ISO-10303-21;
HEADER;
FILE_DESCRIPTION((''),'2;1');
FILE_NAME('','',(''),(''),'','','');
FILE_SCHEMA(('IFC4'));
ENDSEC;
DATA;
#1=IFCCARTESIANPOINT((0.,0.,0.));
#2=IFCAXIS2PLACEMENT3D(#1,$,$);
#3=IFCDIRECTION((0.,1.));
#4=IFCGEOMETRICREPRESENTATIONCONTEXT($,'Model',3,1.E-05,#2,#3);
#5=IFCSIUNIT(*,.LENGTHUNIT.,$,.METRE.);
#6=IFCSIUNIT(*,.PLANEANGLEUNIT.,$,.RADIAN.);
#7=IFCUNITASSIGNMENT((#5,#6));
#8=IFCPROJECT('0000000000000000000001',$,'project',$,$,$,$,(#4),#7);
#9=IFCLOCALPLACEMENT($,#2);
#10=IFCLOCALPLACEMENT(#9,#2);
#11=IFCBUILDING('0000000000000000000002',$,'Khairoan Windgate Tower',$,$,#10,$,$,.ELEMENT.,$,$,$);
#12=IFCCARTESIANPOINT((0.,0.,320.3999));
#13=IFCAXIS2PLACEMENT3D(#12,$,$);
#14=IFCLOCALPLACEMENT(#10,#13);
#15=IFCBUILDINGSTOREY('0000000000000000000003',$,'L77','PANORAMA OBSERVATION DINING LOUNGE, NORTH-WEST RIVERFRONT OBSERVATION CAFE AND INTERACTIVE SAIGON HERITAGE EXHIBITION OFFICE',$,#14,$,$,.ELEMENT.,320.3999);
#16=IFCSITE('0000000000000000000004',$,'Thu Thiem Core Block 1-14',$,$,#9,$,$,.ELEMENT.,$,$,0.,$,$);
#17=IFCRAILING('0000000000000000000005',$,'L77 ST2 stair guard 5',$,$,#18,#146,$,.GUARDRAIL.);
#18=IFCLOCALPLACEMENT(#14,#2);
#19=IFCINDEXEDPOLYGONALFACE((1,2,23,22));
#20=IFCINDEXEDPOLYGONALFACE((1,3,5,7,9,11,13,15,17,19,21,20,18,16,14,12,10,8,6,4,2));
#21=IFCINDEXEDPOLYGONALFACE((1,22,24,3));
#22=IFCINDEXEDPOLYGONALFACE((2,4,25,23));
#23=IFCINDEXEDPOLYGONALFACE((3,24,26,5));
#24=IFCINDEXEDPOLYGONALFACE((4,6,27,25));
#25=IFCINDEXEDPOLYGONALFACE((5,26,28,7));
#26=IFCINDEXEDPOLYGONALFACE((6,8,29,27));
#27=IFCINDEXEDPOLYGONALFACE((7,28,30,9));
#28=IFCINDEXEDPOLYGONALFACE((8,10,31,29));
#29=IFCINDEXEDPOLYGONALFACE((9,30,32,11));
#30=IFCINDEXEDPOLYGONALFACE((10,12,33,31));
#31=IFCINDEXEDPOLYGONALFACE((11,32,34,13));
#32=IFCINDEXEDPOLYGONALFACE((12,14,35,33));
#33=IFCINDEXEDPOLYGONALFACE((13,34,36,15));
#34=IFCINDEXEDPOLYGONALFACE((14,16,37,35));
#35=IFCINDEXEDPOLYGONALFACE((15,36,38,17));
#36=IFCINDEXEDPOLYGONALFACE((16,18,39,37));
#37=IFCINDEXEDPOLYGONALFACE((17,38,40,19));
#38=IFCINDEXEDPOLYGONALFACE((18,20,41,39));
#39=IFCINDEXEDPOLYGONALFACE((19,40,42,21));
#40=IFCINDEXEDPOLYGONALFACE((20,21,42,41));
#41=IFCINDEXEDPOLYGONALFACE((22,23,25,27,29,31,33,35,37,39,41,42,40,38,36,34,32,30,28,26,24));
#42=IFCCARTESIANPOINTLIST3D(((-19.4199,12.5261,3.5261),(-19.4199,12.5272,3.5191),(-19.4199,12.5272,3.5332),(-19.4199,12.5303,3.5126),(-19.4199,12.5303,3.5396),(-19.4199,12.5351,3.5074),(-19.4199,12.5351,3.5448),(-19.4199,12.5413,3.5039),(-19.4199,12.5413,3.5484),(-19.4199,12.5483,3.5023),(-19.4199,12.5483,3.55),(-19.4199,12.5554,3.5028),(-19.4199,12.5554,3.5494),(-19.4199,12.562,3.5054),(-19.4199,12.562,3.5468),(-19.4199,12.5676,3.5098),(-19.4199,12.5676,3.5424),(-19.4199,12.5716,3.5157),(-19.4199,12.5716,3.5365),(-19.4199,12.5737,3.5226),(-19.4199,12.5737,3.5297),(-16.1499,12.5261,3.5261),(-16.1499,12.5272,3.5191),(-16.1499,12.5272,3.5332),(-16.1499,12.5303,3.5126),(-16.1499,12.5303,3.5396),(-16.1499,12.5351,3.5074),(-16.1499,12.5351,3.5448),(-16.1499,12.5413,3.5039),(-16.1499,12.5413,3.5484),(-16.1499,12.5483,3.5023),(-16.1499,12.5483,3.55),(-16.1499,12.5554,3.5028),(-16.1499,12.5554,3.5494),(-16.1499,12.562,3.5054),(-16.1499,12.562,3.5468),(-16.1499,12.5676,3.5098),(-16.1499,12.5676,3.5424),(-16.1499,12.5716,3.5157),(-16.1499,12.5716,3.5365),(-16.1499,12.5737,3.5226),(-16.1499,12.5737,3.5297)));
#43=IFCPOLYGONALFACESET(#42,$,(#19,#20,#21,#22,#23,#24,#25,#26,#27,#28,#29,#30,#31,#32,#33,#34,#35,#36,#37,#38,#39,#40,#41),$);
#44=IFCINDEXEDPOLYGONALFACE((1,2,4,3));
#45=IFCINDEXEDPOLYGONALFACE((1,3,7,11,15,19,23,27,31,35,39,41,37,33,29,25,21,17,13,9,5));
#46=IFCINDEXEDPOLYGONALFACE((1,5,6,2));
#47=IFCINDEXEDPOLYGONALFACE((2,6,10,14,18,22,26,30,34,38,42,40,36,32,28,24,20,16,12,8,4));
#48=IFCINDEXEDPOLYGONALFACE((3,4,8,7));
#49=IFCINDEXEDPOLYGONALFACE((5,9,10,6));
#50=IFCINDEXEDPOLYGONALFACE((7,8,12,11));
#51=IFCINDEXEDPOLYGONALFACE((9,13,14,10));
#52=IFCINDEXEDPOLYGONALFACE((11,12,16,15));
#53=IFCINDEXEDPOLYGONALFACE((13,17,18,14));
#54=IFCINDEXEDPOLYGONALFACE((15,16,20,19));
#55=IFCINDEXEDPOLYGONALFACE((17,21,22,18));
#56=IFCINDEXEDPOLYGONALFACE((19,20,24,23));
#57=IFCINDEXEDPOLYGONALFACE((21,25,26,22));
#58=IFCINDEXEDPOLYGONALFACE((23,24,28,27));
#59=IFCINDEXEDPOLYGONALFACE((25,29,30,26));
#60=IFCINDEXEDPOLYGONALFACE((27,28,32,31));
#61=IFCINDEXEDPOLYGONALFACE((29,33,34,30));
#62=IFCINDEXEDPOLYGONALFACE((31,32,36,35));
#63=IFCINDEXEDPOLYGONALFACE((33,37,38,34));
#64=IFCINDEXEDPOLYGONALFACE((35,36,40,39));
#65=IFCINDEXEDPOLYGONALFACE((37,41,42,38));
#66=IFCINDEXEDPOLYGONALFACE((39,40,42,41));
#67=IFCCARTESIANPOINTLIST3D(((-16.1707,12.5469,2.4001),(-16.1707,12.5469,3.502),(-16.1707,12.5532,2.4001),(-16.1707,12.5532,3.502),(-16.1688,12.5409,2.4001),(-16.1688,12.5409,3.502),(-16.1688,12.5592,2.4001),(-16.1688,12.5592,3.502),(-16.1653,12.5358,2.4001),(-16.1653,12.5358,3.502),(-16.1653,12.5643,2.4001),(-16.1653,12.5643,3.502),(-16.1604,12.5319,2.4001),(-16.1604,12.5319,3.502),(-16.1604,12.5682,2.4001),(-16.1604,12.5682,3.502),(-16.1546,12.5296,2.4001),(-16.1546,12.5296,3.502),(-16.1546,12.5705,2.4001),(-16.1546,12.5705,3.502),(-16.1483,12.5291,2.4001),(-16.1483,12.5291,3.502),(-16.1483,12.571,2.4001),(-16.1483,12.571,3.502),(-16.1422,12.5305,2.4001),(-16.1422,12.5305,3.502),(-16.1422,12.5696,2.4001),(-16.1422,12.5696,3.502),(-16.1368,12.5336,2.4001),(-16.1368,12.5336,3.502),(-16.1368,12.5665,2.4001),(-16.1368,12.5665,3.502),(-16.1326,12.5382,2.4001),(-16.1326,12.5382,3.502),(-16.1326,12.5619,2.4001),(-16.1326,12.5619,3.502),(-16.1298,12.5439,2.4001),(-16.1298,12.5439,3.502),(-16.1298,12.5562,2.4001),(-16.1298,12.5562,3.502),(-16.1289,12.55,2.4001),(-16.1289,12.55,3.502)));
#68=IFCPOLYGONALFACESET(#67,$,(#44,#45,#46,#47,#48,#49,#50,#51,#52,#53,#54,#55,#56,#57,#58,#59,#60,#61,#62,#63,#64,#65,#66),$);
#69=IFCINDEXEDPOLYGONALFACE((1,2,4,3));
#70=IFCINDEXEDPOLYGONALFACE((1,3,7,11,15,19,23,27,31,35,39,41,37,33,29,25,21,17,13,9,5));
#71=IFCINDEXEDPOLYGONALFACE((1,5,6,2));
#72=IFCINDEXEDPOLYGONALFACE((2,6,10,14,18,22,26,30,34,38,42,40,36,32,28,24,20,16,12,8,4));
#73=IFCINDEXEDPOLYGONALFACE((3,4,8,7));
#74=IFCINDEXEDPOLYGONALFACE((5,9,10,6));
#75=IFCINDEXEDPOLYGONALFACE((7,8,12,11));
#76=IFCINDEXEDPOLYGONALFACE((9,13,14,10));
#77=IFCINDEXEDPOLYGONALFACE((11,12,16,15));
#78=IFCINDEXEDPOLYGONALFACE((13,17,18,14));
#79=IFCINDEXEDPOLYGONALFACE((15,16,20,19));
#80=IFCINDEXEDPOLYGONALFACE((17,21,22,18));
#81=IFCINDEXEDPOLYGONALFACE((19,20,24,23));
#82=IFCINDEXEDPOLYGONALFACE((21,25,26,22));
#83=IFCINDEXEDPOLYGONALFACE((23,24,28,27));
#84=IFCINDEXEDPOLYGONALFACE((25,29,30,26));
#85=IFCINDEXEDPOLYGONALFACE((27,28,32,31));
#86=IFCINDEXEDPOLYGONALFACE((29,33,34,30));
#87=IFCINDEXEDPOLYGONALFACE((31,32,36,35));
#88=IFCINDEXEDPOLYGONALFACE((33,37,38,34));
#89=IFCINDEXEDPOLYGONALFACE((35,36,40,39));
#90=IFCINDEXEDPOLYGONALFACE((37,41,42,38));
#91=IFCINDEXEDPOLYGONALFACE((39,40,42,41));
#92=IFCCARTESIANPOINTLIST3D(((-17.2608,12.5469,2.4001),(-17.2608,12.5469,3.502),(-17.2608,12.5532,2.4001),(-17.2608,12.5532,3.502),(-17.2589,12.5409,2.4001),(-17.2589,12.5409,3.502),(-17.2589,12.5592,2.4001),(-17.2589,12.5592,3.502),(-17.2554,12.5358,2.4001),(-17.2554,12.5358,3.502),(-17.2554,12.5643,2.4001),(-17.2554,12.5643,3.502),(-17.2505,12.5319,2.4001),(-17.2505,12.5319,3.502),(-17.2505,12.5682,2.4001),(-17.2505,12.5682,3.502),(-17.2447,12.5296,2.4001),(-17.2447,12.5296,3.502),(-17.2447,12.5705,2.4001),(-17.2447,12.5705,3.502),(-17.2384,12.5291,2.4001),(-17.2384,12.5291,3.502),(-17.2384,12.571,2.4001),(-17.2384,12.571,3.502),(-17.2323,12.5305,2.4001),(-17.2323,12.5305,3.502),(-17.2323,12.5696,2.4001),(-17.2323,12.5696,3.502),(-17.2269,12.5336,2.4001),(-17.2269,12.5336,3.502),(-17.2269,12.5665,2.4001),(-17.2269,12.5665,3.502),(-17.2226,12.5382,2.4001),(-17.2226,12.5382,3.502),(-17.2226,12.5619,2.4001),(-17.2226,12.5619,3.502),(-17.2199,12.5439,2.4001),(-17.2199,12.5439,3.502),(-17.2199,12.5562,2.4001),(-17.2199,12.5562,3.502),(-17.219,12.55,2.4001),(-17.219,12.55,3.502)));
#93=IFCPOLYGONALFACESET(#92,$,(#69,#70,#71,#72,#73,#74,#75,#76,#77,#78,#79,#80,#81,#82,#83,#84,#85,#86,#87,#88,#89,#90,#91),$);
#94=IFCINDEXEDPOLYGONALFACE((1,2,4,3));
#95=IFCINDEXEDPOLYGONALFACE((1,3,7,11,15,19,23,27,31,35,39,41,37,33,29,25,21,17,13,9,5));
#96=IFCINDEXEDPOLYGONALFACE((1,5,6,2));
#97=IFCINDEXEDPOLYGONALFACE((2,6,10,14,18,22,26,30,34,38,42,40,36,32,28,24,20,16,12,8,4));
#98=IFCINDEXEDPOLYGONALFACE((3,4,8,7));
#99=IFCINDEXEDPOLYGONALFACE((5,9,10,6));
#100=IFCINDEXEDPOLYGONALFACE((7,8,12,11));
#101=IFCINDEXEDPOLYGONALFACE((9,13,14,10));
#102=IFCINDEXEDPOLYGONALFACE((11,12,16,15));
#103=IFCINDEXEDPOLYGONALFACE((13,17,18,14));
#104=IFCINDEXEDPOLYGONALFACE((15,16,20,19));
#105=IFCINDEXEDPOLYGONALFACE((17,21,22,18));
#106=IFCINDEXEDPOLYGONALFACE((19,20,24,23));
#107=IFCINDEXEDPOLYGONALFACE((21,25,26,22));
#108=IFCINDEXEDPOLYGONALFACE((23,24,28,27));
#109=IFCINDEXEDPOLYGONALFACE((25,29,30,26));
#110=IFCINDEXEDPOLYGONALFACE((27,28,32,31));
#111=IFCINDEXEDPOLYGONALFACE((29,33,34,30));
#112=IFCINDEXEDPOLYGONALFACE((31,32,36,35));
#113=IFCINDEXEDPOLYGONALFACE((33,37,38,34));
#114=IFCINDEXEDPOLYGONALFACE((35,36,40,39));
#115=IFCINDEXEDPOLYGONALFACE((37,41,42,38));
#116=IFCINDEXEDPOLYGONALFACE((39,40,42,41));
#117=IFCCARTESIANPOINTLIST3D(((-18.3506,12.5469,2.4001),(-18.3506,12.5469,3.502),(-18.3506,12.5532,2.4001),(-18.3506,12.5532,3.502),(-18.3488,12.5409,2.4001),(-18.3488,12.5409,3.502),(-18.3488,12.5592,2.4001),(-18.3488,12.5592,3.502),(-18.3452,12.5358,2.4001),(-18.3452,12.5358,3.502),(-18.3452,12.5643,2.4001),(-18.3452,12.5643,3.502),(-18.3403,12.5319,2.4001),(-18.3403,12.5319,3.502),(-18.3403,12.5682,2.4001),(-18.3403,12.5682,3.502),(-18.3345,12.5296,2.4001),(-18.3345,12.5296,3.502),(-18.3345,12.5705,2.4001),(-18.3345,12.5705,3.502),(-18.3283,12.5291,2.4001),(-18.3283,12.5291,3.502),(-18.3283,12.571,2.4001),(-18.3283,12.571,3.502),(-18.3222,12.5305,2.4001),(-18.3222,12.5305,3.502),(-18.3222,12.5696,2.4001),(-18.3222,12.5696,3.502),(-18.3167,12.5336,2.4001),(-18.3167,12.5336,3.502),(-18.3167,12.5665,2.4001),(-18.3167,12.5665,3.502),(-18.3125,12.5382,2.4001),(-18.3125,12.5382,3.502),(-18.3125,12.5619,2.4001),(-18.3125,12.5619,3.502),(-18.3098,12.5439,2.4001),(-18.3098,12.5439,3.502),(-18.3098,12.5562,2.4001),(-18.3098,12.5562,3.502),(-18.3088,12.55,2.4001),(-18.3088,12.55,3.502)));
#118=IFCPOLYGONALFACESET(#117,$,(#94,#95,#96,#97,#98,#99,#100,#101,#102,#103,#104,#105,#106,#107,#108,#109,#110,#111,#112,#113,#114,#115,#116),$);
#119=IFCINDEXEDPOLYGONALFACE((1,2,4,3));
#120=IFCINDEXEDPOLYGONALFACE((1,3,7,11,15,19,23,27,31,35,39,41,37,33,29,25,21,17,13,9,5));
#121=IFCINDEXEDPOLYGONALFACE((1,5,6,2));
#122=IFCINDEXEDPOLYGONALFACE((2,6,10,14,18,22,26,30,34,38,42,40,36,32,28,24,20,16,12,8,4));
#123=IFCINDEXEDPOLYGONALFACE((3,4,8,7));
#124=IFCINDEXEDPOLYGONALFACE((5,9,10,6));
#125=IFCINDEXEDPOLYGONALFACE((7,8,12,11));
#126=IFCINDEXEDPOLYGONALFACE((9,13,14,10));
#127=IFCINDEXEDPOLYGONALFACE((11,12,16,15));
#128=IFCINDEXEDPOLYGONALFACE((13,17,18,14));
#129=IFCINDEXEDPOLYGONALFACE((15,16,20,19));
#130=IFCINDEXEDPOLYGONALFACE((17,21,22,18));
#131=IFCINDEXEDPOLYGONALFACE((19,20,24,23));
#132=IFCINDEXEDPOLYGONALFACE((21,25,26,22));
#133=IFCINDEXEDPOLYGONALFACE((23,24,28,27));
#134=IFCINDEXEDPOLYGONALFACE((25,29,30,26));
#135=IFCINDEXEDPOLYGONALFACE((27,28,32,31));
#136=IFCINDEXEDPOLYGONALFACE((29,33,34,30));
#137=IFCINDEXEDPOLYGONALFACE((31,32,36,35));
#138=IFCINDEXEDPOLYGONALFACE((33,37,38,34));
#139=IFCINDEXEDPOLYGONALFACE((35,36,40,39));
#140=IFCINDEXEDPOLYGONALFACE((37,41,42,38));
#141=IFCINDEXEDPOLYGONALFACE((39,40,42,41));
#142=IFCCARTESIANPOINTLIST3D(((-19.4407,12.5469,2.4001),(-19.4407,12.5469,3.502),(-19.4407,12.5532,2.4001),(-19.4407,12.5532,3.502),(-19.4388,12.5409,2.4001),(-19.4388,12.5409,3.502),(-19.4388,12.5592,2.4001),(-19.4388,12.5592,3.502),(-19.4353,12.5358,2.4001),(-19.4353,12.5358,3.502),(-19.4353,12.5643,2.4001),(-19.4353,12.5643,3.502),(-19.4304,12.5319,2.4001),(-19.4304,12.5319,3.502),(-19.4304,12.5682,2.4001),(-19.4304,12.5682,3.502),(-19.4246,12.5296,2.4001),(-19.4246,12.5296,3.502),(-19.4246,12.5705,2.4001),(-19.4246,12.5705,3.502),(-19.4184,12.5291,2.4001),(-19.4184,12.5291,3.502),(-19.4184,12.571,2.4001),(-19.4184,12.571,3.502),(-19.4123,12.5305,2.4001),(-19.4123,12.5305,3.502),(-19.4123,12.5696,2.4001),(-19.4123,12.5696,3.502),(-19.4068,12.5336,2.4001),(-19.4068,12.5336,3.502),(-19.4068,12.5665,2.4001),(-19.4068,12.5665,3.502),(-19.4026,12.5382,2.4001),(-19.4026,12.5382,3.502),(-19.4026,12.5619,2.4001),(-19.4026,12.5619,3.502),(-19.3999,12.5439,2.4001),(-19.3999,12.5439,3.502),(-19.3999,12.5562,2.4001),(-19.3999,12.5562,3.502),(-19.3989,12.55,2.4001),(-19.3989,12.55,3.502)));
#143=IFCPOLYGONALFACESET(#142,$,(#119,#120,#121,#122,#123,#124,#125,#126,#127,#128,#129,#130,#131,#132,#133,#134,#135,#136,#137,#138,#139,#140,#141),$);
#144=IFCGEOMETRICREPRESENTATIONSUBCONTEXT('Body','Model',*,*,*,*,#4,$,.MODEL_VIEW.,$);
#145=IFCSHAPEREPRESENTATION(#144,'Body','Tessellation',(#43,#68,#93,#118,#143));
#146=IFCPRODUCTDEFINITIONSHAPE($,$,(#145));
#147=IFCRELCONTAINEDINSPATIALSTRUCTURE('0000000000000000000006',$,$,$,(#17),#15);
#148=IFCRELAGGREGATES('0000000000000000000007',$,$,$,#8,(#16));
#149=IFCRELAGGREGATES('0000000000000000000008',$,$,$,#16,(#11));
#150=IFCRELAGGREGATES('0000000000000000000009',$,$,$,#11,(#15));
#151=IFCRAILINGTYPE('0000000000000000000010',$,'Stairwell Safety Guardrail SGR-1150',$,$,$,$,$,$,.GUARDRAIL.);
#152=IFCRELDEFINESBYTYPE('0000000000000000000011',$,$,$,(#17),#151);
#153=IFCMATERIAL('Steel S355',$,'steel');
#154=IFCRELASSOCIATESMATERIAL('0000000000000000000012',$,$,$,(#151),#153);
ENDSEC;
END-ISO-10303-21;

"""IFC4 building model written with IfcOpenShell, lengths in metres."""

from ifc_helpers import new_model, si_unit, direction, frame, origin, origin_2d, place, context, subcontext, project, spatial, circle, extrude, material, type_object, element, save


model = new_model("IFC4")

# Units and contexts
model_context = context("Model", 3, precision=1e-05, world=origin(), true_north=direction((0.0, 1.0)))
body_context = subcontext(model_context, "Body", "Model", "MODEL_VIEW")
ifc_project = project(units=[si_unit("LENGTHUNIT", "METRE"), si_unit("PLANEANGLEUNIT", "RADIAN")], contexts=[model_context])

# Site, building, storey
site_placement = place(None, origin())
site = spatial("IfcSite", under=ifc_project, at=site_placement, Name="Thu Thiem Core Block 1-14", CompositionType="ELEMENT", RefElevation=0.0)
building_placement = place(site_placement, origin())
building = spatial("IfcBuilding", under=site, at=building_placement, Name="Khairoan Windgate Tower", CompositionType="ELEMENT")
storey_placement = place(building_placement, frame((0.0, 0.0, 320.3999)))
storey = spatial("IfcBuildingStorey", under=building, at=storey_placement, Name="L77", Description="PANORAMA OBSERVATION DINING LOUNGE, NORTH-WEST RIVERFRONT OBSERVATION CAFE AND INTERACTIVE SAIGON HERITAGE EXHIBITION OFFICE", CompositionType="ELEMENT", Elevation=320.3999)

# Railing
ifc_material_1 = material(Name="Steel S355", Category="steel")
railing_type = type_object("IfcRailingType", Name="Stairwell Safety Guardrail SGR-1150", PredefinedType="GUARDRAIL", material=ifc_material_1)
railing_1_placement = place(storey_placement, frame((-16.1499, 12.55, 2.4001)))
element("IfcRailing", 1, at=railing_1_placement, inside=storey, type_object=railing_type, Name="L77 ST2 stair guard 5", PredefinedType="GUARDRAIL", context=body_context, shape_type="SweptSolid", body=[
    extrude(circle(Radius=0.0239, at=origin_2d()), frame((0.0, 0.0, 1.126), z_axis=(-1.0, 0.0, 0.0), x_axis=(0.0, -1.0, 0.0)), (0.0, 0.0, 1.0), 3.27),
    extrude(circle(Radius=0.021, at=origin_2d()), origin(), (0.0, 0.0, 1.0), 1.1018),
    extrude(circle(Radius=0.021, at=origin_2d()), frame((-1.0901, 0.0, 0.0)), (0.0, 0.0, 1.0), 1.1018),
    extrude(circle(Radius=0.021, at=origin_2d()), frame((-2.1799, 0.0, 0.0)), (0.0, 0.0, 1.0), 1.1018),
    extrude(circle(Radius=0.021, at=origin_2d()), frame((-3.27, 0.0, 0.0)), (0.0, 0.0, 1.0), 1.1018),
])

save(model, "model.ifc")
